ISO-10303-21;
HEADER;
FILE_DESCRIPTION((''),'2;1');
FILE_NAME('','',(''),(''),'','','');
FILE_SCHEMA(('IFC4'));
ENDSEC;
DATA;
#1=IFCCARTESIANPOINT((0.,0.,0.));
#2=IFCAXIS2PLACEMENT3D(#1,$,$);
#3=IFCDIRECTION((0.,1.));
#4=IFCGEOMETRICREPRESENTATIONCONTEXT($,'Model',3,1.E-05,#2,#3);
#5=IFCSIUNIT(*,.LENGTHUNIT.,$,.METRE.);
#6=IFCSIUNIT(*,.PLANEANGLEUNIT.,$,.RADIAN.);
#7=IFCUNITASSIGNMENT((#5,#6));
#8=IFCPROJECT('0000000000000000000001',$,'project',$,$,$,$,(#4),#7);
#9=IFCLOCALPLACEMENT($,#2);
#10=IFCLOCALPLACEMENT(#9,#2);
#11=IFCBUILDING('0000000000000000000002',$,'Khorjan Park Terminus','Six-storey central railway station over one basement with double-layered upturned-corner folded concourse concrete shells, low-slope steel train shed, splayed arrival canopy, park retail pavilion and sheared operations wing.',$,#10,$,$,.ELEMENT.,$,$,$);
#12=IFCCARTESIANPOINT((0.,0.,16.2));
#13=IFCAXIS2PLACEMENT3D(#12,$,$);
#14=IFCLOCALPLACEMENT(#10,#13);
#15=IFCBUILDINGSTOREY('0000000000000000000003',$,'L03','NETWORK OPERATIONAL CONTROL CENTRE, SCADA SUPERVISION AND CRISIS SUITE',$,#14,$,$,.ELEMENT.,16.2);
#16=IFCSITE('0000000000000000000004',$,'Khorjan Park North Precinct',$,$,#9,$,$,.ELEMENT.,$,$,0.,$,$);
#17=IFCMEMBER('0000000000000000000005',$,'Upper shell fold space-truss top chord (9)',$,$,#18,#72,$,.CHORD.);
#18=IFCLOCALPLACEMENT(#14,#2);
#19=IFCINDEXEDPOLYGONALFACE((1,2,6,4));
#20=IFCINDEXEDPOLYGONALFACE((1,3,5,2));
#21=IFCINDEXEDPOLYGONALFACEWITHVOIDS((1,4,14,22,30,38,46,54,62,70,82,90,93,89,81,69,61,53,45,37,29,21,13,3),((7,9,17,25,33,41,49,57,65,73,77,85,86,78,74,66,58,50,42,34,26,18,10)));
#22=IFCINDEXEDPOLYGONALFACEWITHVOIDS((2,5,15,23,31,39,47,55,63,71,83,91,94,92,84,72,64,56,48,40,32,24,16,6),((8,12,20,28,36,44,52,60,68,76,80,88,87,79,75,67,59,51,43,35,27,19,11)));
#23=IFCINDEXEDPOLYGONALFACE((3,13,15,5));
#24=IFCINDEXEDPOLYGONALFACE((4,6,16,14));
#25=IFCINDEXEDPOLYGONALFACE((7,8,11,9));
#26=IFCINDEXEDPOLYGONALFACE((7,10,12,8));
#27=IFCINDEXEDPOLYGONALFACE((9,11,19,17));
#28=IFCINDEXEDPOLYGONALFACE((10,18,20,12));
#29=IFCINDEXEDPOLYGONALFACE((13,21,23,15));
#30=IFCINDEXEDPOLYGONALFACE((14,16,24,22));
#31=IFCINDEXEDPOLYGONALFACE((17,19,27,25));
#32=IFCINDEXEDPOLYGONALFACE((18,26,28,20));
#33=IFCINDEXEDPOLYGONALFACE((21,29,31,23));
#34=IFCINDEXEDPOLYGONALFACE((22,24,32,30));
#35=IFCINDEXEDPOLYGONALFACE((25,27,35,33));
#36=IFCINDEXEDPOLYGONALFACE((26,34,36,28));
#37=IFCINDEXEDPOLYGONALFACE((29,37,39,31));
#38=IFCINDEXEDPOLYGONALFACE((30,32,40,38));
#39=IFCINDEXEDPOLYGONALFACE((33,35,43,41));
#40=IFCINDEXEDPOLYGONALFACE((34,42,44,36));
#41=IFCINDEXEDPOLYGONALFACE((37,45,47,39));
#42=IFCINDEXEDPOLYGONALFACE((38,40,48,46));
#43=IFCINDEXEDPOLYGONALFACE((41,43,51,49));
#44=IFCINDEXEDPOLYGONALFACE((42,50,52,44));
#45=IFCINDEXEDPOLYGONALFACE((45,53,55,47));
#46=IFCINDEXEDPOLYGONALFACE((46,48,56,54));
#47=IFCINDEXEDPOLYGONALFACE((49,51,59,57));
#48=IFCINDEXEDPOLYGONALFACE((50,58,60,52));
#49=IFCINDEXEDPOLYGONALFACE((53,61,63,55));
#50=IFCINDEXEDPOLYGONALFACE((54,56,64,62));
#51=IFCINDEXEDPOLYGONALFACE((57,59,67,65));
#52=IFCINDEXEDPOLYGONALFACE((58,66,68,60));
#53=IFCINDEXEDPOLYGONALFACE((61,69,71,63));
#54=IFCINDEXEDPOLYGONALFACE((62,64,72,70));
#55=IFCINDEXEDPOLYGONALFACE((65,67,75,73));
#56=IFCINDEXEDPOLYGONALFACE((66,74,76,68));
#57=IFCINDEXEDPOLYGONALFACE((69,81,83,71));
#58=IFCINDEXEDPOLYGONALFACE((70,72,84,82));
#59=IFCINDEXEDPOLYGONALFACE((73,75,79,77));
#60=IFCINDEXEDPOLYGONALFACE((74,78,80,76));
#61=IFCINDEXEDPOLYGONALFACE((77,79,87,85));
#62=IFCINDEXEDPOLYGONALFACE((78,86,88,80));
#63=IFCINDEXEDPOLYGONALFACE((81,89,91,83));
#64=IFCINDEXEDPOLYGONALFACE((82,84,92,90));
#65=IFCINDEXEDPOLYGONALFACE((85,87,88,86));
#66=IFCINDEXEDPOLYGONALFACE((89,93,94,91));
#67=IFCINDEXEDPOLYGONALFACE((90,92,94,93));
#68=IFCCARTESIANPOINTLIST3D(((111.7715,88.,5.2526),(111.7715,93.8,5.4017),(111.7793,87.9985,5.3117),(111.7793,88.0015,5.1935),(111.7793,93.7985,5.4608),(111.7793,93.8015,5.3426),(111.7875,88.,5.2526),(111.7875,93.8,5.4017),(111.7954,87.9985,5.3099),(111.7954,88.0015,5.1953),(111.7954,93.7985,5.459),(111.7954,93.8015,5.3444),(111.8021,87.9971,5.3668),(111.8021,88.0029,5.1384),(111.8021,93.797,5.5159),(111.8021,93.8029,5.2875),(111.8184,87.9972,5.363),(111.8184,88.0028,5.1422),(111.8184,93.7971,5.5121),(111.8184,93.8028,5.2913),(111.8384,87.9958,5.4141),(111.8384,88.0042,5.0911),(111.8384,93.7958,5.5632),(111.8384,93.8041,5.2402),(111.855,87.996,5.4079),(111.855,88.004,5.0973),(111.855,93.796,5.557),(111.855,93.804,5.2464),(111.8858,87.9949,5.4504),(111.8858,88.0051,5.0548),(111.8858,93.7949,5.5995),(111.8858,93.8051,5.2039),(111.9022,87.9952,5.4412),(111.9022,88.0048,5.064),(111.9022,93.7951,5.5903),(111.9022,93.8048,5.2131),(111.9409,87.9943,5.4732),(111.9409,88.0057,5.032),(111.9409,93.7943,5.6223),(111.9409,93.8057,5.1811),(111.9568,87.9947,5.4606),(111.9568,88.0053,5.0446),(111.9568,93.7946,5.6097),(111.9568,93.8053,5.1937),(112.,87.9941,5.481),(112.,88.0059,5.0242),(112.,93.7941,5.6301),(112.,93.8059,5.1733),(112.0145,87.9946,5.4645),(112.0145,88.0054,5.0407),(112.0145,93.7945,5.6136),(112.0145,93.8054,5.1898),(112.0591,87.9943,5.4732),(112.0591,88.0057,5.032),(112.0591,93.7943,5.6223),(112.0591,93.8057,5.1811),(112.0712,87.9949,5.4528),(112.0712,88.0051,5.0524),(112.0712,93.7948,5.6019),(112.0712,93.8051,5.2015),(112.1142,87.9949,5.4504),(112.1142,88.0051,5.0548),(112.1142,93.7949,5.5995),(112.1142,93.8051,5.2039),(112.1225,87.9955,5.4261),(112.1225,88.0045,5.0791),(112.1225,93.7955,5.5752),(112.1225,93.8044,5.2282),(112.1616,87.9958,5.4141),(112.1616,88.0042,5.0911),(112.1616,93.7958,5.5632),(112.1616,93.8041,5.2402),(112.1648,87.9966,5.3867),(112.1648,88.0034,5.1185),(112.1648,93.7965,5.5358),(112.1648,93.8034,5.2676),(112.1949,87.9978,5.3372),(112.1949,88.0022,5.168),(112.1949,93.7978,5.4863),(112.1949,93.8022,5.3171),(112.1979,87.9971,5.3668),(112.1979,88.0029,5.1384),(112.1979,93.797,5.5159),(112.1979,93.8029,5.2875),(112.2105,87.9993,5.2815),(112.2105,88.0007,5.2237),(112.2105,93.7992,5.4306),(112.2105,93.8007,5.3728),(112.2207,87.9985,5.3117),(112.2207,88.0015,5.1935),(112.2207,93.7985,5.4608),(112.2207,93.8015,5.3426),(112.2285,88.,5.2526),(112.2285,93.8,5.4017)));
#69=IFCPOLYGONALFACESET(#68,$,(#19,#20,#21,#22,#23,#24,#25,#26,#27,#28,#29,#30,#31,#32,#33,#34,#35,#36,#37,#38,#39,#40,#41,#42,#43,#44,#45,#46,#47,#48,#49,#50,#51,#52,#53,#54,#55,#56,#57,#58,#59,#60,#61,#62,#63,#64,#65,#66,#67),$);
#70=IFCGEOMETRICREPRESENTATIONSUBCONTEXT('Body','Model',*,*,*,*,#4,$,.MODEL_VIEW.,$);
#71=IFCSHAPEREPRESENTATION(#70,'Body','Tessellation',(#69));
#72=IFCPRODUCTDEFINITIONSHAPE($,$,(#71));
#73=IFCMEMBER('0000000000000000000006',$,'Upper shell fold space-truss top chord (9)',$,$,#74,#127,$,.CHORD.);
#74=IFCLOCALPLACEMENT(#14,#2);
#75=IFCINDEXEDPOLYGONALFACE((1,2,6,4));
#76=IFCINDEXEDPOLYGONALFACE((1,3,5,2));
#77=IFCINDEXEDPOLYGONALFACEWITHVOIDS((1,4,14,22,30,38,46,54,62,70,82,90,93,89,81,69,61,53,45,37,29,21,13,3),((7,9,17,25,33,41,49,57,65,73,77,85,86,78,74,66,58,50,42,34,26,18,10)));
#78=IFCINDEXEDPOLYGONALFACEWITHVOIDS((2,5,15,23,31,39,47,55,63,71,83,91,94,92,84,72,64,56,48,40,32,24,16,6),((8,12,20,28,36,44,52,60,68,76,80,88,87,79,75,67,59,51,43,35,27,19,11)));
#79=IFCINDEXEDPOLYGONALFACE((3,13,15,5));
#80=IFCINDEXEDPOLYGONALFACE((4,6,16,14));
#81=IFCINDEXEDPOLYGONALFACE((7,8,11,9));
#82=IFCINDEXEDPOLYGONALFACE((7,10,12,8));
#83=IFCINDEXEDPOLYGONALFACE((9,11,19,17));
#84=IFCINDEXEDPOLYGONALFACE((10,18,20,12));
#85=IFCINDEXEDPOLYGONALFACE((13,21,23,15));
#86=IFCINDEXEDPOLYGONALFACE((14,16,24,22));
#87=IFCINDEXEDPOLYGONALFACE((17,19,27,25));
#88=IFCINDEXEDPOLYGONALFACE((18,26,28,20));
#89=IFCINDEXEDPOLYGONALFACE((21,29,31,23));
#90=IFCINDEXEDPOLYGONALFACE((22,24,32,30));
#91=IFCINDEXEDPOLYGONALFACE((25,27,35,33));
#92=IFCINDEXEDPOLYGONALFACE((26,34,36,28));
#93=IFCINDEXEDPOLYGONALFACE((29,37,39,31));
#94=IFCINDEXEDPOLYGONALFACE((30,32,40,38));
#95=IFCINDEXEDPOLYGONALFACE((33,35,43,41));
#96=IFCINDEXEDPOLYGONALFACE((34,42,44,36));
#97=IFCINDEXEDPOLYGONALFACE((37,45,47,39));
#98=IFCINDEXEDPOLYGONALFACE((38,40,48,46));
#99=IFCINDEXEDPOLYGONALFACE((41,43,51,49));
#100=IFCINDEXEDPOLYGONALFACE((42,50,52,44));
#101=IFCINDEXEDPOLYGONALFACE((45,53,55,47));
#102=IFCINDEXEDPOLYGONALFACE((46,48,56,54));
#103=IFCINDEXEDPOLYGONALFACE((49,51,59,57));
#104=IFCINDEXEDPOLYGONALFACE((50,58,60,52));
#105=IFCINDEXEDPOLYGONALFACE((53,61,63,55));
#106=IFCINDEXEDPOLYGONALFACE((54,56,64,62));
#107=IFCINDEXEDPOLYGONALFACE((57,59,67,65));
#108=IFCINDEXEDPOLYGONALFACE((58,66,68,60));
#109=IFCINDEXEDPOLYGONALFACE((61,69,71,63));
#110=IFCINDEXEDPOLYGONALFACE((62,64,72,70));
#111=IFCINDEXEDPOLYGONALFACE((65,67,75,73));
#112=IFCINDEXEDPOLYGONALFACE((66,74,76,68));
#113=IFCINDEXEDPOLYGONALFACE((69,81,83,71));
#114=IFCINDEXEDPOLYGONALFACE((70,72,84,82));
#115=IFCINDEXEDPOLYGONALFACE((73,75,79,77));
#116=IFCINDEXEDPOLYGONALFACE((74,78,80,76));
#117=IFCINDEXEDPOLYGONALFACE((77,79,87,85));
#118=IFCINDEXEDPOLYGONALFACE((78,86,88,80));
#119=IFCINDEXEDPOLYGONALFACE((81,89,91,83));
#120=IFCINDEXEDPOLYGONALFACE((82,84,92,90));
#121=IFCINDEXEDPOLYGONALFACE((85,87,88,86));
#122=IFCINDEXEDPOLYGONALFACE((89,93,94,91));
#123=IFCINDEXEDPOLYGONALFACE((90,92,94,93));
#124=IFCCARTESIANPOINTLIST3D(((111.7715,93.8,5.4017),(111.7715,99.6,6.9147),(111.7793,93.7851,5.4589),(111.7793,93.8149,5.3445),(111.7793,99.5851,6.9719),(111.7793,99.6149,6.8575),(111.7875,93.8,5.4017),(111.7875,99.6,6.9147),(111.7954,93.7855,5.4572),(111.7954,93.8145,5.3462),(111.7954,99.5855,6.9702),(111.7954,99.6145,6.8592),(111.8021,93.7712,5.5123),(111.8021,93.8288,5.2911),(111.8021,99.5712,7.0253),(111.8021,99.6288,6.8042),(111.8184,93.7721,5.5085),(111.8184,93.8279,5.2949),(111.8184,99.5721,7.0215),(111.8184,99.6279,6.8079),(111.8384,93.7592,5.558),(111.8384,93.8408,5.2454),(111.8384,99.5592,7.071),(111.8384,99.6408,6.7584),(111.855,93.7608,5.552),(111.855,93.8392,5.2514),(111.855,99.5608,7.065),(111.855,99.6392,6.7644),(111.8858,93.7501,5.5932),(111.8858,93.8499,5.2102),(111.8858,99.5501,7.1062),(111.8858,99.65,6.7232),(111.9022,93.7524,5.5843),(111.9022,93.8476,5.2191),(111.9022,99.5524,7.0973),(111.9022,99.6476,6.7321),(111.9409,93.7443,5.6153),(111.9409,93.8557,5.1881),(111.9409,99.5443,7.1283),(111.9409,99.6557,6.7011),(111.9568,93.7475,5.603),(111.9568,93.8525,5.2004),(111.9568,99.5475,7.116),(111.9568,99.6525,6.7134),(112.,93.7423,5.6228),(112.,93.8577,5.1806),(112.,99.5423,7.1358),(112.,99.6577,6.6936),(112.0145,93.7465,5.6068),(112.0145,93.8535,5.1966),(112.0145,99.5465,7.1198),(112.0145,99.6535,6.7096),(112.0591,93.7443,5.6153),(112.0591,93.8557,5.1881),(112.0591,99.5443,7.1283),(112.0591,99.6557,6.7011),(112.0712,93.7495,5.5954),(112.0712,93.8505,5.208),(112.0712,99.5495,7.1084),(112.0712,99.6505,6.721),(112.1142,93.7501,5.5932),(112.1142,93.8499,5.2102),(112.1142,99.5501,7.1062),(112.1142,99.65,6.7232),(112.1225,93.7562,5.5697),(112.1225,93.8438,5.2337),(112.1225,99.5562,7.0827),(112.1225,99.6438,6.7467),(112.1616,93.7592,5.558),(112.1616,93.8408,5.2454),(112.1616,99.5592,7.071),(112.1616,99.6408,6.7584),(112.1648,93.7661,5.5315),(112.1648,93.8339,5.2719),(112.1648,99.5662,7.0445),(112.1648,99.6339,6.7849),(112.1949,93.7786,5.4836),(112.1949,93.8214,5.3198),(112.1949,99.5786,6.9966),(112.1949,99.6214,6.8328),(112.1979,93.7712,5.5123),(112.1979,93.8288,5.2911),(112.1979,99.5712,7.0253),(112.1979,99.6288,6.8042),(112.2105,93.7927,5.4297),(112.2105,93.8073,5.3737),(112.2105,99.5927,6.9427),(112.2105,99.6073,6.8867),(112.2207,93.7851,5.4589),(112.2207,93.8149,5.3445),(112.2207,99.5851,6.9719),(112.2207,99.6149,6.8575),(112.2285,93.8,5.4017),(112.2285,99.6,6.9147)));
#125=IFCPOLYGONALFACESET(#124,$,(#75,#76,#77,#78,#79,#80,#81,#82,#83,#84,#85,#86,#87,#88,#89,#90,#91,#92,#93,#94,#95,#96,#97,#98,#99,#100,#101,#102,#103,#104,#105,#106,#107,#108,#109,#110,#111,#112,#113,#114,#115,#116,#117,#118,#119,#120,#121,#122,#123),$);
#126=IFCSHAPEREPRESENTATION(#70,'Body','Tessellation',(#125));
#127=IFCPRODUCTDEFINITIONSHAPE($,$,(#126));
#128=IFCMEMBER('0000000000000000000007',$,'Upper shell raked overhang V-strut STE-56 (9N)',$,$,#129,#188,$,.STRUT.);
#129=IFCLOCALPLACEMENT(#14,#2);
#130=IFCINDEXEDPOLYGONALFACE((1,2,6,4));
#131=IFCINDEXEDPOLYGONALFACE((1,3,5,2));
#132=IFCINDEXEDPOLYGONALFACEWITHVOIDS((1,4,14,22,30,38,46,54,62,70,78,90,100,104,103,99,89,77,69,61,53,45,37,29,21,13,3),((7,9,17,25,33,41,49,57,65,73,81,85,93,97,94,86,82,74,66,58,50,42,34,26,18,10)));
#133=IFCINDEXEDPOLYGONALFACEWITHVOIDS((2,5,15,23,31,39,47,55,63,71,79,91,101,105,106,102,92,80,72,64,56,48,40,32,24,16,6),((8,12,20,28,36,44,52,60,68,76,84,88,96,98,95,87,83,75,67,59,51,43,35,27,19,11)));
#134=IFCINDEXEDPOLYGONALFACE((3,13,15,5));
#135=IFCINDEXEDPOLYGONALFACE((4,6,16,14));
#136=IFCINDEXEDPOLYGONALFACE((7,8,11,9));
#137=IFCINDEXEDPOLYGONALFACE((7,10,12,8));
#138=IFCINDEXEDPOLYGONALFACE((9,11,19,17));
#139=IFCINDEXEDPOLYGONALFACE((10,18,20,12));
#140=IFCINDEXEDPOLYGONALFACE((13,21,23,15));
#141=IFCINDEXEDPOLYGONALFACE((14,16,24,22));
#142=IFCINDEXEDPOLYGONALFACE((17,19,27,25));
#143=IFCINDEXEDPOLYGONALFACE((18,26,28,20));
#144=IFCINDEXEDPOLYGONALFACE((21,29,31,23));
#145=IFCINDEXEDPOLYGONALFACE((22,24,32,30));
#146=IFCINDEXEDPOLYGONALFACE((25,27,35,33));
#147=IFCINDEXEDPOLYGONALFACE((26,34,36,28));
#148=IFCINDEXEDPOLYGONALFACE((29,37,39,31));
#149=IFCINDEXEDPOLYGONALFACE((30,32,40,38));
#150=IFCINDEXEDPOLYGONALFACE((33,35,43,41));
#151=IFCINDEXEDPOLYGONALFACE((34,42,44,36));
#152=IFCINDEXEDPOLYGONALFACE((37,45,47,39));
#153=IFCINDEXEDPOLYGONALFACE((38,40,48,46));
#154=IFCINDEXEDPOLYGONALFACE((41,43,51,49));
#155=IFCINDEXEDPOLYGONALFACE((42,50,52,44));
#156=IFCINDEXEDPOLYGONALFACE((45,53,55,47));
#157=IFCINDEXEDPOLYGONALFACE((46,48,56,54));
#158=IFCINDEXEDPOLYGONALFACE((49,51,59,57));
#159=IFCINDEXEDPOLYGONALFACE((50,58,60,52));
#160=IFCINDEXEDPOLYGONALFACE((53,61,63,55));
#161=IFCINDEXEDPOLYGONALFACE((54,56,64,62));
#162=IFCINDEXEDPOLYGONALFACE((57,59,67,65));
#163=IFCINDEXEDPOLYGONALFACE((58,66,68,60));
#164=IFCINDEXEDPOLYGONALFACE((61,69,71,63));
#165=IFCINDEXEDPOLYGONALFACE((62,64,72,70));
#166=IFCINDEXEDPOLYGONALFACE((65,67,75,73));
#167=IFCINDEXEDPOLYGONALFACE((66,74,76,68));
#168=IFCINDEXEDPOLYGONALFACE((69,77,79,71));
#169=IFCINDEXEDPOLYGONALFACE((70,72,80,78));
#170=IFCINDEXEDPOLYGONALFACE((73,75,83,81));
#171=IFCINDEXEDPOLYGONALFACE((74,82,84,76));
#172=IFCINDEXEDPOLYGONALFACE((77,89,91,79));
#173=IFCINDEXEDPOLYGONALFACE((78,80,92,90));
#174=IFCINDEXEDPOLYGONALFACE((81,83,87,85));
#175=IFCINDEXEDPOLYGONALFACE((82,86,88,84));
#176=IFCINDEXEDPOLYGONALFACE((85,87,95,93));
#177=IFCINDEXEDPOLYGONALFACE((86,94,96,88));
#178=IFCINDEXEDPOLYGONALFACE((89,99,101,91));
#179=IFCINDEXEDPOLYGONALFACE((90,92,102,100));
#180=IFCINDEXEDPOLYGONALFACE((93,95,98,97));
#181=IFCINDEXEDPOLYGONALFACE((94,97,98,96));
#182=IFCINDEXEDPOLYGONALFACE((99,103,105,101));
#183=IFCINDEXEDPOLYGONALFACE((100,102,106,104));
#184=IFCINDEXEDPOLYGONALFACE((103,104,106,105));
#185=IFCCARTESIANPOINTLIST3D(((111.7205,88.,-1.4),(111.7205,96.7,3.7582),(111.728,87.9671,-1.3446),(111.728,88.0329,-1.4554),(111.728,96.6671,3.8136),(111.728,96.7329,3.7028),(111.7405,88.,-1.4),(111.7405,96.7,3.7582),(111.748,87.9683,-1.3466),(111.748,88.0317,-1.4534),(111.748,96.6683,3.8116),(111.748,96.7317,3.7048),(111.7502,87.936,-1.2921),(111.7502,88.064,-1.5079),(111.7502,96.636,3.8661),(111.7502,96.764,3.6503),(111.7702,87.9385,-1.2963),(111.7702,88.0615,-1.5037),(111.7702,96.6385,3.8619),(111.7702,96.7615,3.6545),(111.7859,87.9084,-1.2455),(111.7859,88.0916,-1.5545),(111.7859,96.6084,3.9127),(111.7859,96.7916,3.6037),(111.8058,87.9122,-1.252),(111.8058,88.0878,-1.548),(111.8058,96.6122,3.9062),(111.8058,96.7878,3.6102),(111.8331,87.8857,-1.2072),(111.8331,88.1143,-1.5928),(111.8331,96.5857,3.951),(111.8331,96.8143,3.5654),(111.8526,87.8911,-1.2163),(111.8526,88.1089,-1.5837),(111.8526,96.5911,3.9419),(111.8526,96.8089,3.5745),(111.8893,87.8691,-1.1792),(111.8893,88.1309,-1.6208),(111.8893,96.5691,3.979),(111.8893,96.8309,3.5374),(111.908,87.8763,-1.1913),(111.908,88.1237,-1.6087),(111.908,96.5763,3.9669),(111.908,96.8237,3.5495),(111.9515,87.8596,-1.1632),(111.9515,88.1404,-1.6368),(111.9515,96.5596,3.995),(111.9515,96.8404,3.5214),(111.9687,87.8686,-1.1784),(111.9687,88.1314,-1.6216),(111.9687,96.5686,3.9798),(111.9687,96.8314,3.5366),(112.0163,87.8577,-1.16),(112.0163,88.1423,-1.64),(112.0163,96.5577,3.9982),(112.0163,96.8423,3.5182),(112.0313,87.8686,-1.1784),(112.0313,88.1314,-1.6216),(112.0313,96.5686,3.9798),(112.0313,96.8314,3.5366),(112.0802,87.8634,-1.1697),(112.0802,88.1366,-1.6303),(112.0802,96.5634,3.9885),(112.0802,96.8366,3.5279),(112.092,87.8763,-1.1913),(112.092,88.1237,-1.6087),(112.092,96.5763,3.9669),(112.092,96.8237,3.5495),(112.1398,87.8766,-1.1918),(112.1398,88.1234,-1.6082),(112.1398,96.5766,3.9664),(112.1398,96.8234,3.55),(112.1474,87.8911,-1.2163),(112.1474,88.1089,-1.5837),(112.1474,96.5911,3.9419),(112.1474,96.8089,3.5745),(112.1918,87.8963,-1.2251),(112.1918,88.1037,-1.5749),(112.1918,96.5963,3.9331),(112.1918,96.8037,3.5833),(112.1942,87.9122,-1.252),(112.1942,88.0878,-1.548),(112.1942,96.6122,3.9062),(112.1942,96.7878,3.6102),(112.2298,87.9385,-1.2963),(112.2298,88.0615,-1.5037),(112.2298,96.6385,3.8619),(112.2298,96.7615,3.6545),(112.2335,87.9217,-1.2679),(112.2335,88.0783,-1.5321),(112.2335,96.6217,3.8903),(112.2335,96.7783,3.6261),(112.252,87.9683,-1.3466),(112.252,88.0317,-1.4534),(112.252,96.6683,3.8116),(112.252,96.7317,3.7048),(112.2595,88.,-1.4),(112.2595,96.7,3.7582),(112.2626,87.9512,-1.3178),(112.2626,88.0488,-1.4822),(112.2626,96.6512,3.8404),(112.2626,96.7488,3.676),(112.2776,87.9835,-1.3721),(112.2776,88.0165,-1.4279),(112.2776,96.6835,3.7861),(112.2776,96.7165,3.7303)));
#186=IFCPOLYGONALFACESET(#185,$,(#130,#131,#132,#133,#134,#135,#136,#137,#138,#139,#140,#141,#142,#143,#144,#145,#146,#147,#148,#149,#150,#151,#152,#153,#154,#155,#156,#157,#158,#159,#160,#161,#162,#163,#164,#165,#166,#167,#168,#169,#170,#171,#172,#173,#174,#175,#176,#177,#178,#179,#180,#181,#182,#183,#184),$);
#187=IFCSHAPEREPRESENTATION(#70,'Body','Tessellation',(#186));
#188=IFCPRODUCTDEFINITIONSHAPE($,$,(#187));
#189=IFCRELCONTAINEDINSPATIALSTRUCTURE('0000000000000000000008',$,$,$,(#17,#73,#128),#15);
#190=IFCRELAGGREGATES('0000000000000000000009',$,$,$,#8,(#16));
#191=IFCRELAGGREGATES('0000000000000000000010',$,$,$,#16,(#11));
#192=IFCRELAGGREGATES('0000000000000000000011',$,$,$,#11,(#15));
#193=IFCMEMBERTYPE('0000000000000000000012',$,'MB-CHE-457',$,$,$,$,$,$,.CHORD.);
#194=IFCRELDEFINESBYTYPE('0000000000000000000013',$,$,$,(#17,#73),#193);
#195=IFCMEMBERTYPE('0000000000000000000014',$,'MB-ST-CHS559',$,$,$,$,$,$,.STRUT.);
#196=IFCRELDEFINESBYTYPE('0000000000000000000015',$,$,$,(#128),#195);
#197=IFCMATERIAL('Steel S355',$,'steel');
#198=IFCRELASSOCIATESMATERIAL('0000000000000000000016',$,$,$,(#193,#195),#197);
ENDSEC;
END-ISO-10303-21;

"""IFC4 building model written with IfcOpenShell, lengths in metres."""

from ifc_helpers import new_model, si_unit, direction, frame, origin, origin_2d, place, context, subcontext, project, spatial, hollow_circle, extrude, material, material_profile, profile_set, type_object, element, save


model = new_model("IFC4")

# Units and contexts
model_context = context("Model", 3, precision=1e-05, world=origin(), true_north=direction((0.0, 1.0)))
body_context = subcontext(model_context, "Body", "Model", "MODEL_VIEW")
ifc_project = project(units=[si_unit("LENGTHUNIT", "METRE"), si_unit("PLANEANGLEUNIT", "RADIAN")], contexts=[model_context])

# Site, building, storey
site_placement = place(None, origin())
site = spatial("IfcSite", under=ifc_project, at=site_placement, Name="Khorjan Park North Precinct", CompositionType="ELEMENT", RefElevation=0.0)
building_placement = place(site_placement, origin())
building = spatial("IfcBuilding", under=site, at=building_placement, Name="Khorjan Park Terminus", Description="Six-storey central railway station over one basement with double-layered upturned-corner folded concourse concrete shells, low-slope steel train shed, splayed arrival canopy, park retail pavilion and sheared operations wing.", CompositionType="ELEMENT")
storey_placement = place(building_placement, frame((0.0, 0.0, 16.2)))
storey = spatial("IfcBuildingStorey", under=building, at=storey_placement, Name="L03", Description="NETWORK OPERATIONAL CONTROL CENTRE, SCADA SUPERVISION AND CRISIS SUITE", CompositionType="ELEMENT", Elevation=16.2)

# Members
ifc_material_1 = material(Name="Steel S355", Category="steel")
ifc_material_profile_1 = material_profile(ifc_material_1, hollow_circle(Radius=0.2285, WallThickness=0.016, at=origin_2d()), Name="CHS 457x16")
ifc_profile_set_1 = profile_set([ifc_material_profile_1], Name="Steel S355")
member_type_1 = type_object("IfcMemberType", Name="MB-CHE-457", PredefinedType="CHORD", material=ifc_profile_set_1)
member_1_placement = place(storey_placement, frame((112.0, 88.0, 5.2526), z_axis=(0.0, 0.99967, 0.025698), x_axis=(-1.0, 0.0, 0.0)))
element("IfcMember", 1, at=member_1_placement, inside=storey, type_object=member_type_1, Name="Upper shell fold space-truss top chord (9)", PredefinedType="CHORD", context=body_context, shape_type="SweptSolid", body=[
    extrude(hollow_circle(Radius=0.2285, WallThickness=0.016, at=origin_2d()), origin(), (0.0, 0.0, 1.0), 5.8019),
])
member_2_placement = place(storey_placement, frame((112.0, 93.8, 5.4017), z_axis=(0.0, 0.967619, 0.252415), x_axis=(-1.0, 0.0, 0.0)))
element("IfcMember", 2, at=member_2_placement, inside=storey, type_object=member_type_1, Name="Upper shell fold space-truss top chord (9)", PredefinedType="CHORD", context=body_context, shape_type="SweptSolid", body=[
    extrude(hollow_circle(Radius=0.2285, WallThickness=0.016, at=origin_2d()), origin(), (0.0, 0.0, 1.0), 5.9941),
])
ifc_material_profile_2 = material_profile(ifc_material_1, hollow_circle(Radius=0.2795, WallThickness=0.02, at=origin_2d()), Name="CHS 559x20")
ifc_profile_set_2 = profile_set([ifc_material_profile_2], Name="Steel S355")
member_type_2 = type_object("IfcMemberType", Name="MB-ST-CHS559", PredefinedType="STRUT", material=ifc_profile_set_2)
member_3_placement = place(storey_placement, frame((112.0, 88.0, -1.4), z_axis=(0.0, 0.860177, 0.509996), x_axis=(-1.0, 0.0, 0.0)))
element("IfcMember", 3, at=member_3_placement, inside=storey, type_object=member_type_2, Name="Upper shell raked overhang V-strut STE-56 (9N)", PredefinedType="STRUT", context=body_context, shape_type="SweptSolid", body=[
    extrude(hollow_circle(Radius=0.2795, WallThickness=0.02, at=origin_2d()), origin(), (0.0, 0.0, 1.0), 10.1142),
])

save(model, "model.ifc")
